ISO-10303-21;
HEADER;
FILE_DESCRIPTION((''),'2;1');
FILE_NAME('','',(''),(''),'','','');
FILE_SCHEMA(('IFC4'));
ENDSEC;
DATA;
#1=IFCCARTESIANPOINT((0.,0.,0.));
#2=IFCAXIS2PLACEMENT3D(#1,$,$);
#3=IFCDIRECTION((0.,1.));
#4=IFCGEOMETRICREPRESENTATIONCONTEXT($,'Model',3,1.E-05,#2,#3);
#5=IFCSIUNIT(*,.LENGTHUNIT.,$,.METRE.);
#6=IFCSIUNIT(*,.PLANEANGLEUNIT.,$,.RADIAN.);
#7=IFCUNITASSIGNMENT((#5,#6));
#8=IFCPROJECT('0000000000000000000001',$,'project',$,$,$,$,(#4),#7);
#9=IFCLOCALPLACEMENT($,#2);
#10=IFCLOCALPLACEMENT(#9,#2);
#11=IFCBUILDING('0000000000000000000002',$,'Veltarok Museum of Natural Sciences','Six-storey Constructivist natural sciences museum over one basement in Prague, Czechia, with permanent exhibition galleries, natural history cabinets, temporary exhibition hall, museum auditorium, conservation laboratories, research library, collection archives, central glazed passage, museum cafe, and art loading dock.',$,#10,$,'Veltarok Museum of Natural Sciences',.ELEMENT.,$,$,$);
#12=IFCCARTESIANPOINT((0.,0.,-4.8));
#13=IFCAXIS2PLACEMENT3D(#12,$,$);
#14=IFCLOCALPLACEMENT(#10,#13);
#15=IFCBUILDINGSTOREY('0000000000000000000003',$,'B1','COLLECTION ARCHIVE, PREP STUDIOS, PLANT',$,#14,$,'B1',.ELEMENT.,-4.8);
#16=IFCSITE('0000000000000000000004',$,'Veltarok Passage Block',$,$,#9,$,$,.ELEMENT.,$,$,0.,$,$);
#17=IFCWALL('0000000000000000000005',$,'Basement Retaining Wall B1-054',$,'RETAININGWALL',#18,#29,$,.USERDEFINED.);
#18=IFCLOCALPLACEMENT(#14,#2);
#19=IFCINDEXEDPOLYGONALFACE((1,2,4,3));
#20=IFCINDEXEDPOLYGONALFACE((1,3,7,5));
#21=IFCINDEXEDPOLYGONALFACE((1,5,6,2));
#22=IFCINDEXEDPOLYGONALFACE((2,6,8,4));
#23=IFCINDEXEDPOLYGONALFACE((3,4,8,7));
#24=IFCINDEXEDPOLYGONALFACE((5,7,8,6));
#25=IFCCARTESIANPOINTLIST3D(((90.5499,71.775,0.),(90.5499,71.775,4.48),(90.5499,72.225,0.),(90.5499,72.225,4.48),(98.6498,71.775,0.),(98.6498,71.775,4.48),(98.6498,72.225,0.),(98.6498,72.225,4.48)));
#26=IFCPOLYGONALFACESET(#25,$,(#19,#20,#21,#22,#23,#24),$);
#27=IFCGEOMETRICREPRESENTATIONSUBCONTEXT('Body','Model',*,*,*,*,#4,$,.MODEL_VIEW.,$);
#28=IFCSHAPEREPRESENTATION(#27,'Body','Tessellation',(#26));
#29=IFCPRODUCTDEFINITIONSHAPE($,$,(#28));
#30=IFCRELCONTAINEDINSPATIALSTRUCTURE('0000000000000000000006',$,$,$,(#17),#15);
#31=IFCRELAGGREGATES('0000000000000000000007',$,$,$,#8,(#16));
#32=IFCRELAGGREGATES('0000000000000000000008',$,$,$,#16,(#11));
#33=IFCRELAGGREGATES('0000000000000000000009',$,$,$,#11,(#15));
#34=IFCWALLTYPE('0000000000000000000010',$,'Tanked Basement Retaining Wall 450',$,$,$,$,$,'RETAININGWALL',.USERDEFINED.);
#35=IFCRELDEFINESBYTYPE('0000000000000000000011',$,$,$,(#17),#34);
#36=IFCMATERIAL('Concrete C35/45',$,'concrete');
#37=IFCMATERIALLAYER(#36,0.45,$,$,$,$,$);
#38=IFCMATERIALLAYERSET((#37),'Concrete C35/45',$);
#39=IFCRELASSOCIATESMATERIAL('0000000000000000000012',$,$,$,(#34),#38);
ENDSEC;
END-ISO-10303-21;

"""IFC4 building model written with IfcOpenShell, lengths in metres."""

from ifc_helpers import new_model, si_unit, direction, frame, frame_2d, origin, place, context, subcontext, project, spatial, rectangle, extrude, material, layer, layer_set, type_object, element, save


model = new_model("IFC4")

# Units and contexts
model_context = context("Model", 3, precision=1e-05, world=origin(), true_north=direction((0.0, 1.0)))
body_context = subcontext(model_context, "Body", "Model", "MODEL_VIEW")
ifc_project = project(units=[si_unit("LENGTHUNIT", "METRE"), si_unit("PLANEANGLEUNIT", "RADIAN")], contexts=[model_context])

# Site, building, storey
site_placement = place(None, origin())
site = spatial("IfcSite", under=ifc_project, at=site_placement, Name="Veltarok Passage Block", CompositionType="ELEMENT", RefElevation=0.0)
building_placement = place(site_placement, origin())
building = spatial("IfcBuilding", under=site, at=building_placement, Name="Veltarok Museum of Natural Sciences", Description="Six-storey Constructivist natural sciences museum over one basement in Prague, Czechia, with permanent exhibition galleries, natural history cabinets, temporary exhibition hall, museum auditorium, conservation laboratories, research library, collection archives, central glazed passage, museum cafe, and art loading dock.", LongName="Veltarok Museum of Natural Sciences", CompositionType="ELEMENT")
storey_placement = place(building_placement, frame((0.0, 0.0, -4.8)))
storey = spatial("IfcBuildingStorey", under=building, at=storey_placement, Name="B1", Description="COLLECTION ARCHIVE, PREP STUDIOS, PLANT", LongName="B1", CompositionType="ELEMENT", Elevation=-4.8)

# Shared definitions
ifc_material_1 = material(Name="Concrete C35/45", Category="concrete")

# Wall
ifc_layer_1 = layer(ifc_material_1, 0.45)
ifc_layer_set_1 = layer_set([ifc_layer_1], Name="Concrete C35/45")
wall_type = type_object("IfcWallType", Name="Tanked Basement Retaining Wall 450", ElementType="RETAININGWALL", PredefinedType="USERDEFINED", material=ifc_layer_set_1)
wall_1_placement = place(storey_placement, frame((90.55, 72.0, 0.0), z_axis=(0.0, 0.0, 1.0), x_axis=(1.0, 0.0, 0.0)))
element("IfcWall", 1, at=wall_1_placement, inside=storey, type_object=wall_type, Name="Basement Retaining Wall B1-054", ObjectType="RETAININGWALL", PredefinedType="USERDEFINED", context=body_context, shape_type="SweptSolid", body=[
    extrude(rectangle(XDim=8.0999, YDim=0.45, at=frame_2d((4.0498, 0.0))), origin(), (0.0, 0.0, 1.0), 4.48),
])

save(model, "model.ifc")
